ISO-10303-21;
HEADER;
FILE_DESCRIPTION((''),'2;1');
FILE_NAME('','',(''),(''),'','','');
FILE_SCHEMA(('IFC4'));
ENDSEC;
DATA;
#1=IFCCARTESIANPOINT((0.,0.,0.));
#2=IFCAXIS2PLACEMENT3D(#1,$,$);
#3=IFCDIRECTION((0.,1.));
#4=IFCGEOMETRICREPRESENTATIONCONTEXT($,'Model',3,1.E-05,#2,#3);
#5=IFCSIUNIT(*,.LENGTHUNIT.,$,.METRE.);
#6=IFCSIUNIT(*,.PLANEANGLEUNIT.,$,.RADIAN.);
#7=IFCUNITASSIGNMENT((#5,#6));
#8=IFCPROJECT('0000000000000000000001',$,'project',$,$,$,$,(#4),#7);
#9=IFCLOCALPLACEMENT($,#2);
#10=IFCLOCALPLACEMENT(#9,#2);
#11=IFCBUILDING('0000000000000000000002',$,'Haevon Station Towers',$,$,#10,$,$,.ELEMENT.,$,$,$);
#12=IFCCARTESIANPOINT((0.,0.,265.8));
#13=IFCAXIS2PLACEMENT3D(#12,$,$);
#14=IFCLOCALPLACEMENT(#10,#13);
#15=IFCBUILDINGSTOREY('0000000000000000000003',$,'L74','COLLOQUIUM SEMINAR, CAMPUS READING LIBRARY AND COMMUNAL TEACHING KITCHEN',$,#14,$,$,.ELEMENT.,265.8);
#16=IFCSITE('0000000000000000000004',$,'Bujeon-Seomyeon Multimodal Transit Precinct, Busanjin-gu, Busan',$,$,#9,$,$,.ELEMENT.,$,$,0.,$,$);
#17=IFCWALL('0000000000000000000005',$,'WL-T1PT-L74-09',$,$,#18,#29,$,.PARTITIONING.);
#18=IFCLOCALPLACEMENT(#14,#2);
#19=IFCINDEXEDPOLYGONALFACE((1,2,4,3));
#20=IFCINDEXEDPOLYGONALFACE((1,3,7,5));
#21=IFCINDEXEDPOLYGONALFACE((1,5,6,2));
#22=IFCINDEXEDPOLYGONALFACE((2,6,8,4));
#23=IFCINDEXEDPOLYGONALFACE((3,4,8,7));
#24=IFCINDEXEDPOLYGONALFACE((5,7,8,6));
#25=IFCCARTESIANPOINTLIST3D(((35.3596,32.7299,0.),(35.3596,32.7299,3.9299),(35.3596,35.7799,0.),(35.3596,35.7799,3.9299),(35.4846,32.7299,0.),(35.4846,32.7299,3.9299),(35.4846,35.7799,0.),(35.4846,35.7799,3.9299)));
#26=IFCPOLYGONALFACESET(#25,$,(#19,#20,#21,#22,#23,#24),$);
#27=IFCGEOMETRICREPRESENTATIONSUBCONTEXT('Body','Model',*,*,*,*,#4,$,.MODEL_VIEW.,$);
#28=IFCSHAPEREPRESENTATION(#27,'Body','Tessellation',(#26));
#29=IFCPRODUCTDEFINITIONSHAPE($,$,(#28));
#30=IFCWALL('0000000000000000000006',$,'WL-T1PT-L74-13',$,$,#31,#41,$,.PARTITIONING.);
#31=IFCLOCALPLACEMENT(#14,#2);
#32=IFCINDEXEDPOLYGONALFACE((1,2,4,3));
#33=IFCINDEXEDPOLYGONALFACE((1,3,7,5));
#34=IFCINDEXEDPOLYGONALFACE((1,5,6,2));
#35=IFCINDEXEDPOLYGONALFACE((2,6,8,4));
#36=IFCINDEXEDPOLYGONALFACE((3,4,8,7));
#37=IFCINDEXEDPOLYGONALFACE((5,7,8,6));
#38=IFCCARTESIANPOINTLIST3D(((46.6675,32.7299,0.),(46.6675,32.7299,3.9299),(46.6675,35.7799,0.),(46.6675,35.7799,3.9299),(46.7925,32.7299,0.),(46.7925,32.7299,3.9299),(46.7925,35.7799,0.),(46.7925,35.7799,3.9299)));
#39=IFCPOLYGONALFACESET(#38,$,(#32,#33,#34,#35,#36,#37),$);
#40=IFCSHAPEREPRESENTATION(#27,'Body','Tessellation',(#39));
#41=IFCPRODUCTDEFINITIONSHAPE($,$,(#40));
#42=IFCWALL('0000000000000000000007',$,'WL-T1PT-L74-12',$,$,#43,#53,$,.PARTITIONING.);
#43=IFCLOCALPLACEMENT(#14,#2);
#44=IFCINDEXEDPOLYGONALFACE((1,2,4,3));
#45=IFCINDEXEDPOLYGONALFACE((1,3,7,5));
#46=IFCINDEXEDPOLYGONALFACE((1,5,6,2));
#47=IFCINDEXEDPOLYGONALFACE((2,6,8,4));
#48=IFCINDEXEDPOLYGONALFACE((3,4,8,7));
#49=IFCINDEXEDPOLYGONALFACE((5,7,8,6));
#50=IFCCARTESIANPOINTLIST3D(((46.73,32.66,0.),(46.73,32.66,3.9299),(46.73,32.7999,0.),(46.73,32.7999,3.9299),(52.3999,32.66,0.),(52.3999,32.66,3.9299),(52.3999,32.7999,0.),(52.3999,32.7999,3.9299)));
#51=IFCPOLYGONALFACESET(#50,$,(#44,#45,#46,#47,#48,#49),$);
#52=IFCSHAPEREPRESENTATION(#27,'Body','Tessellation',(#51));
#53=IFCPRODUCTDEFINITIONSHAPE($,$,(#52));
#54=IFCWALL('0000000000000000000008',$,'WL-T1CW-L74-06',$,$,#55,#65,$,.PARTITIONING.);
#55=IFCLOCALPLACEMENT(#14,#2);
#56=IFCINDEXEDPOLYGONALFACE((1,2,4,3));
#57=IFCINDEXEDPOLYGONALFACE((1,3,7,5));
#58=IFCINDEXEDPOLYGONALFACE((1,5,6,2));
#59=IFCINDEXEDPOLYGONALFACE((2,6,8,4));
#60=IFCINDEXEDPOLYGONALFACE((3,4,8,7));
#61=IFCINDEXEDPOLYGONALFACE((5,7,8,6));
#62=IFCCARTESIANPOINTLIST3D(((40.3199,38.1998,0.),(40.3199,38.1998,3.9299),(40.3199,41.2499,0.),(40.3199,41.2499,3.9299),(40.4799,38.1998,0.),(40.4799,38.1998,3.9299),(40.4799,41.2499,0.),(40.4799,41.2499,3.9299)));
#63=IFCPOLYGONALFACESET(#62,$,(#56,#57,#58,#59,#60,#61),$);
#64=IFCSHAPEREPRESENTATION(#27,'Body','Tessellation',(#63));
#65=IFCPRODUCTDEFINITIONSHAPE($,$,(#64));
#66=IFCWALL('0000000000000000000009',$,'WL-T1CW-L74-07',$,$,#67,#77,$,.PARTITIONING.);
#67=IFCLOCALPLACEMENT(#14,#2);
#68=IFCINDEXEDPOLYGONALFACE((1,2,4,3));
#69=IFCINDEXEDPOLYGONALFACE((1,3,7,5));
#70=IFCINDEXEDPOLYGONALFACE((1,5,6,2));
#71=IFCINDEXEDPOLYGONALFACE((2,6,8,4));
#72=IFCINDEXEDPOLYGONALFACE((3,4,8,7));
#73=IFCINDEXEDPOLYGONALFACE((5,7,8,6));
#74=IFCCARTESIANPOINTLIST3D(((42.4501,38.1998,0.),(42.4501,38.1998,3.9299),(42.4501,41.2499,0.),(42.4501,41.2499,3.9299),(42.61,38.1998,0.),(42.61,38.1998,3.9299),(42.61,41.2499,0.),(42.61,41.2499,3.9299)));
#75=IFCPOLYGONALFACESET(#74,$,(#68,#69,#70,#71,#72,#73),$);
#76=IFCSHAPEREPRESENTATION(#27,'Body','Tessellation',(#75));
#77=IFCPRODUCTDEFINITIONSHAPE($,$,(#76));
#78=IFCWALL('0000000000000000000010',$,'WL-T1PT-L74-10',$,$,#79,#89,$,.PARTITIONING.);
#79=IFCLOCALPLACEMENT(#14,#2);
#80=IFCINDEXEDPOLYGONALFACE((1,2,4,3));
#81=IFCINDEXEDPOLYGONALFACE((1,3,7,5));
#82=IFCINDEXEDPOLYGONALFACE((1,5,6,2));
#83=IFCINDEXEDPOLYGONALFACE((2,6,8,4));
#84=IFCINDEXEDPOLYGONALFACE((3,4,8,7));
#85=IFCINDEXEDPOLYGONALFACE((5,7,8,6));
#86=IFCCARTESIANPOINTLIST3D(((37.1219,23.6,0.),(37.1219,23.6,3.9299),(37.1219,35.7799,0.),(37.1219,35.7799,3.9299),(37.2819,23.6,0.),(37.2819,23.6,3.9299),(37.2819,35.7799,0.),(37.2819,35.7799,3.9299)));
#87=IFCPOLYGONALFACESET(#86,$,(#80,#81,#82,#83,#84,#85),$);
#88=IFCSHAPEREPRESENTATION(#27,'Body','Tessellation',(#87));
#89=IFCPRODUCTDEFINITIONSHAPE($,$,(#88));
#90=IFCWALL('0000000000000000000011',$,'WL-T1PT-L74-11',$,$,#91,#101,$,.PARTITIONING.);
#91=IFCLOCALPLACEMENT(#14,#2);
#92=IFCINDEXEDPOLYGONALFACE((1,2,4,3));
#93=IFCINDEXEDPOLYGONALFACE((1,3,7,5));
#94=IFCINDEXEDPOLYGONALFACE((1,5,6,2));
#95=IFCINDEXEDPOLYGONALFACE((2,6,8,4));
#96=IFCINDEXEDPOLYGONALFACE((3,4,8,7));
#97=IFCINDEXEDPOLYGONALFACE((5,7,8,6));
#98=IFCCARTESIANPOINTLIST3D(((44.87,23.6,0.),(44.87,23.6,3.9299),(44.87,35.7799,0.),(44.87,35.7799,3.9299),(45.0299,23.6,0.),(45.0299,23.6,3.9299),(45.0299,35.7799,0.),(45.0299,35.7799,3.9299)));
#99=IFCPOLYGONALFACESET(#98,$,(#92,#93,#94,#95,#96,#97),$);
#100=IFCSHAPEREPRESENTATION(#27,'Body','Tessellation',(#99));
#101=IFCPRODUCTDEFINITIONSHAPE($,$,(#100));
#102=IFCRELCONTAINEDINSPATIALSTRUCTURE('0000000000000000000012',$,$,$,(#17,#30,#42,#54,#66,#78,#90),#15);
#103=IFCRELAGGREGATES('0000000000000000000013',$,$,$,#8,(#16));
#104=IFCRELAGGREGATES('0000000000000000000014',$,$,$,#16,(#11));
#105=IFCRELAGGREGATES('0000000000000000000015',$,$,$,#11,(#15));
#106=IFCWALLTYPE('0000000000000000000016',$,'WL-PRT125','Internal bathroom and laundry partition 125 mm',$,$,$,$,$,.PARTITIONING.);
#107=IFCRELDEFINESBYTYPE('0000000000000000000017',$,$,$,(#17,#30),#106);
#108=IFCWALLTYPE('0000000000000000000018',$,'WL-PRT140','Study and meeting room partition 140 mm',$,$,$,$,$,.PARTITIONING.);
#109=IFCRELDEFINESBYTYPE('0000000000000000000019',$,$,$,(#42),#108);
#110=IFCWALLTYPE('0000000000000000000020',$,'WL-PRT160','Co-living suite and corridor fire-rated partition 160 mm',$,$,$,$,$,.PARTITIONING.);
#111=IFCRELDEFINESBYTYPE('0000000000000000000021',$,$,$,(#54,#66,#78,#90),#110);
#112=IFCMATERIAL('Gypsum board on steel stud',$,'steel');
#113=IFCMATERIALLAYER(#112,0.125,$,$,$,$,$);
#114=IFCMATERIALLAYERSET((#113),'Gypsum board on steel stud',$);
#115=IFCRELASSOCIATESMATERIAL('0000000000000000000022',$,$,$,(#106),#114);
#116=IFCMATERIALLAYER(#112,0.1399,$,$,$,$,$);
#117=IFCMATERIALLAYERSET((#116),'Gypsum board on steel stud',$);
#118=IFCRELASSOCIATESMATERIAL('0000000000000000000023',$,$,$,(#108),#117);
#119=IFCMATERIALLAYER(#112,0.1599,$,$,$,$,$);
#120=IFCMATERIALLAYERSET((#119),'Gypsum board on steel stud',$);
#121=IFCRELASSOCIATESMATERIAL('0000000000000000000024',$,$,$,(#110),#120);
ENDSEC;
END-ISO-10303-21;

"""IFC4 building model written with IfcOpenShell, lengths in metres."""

from ifc_helpers import new_model, si_unit, direction, frame, frame_2d, origin, place, context, subcontext, project, spatial, rectangle, extrude, material, layer, layer_set, type_object, element, save


model = new_model("IFC4")

# Units and contexts
model_context = context("Model", 3, precision=1e-05, world=origin(), true_north=direction((0.0, 1.0)))
body_context = subcontext(model_context, "Body", "Model", "MODEL_VIEW")
ifc_project = project(units=[si_unit("LENGTHUNIT", "METRE"), si_unit("PLANEANGLEUNIT", "RADIAN")], contexts=[model_context])

# Site, building, storey
site_placement = place(None, origin())
site = spatial("IfcSite", under=ifc_project, at=site_placement, Name="Bujeon-Seomyeon Multimodal Transit Precinct, Busanjin-gu, Busan", CompositionType="ELEMENT", RefElevation=0.0)
building_placement = place(site_placement, origin())
building = spatial("IfcBuilding", under=site, at=building_placement, Name="Haevon Station Towers", CompositionType="ELEMENT")
storey_placement = place(building_placement, frame((0.0, 0.0, 265.8)))
storey = spatial("IfcBuildingStorey", under=building, at=storey_placement, Name="L74", Description="COLLOQUIUM SEMINAR, CAMPUS READING LIBRARY AND COMMUNAL TEACHING KITCHEN", CompositionType="ELEMENT", Elevation=265.8)

# Walls
ifc_material_1 = material(Name="Gypsum board on steel stud", Category="steel")
ifc_layer_1 = layer(ifc_material_1, 0.125)
ifc_layer_set_1 = layer_set([ifc_layer_1], Name="Gypsum board on steel stud")
wall_type_1 = type_object("IfcWallType", Name="WL-PRT125", Description="Internal bathroom and laundry partition 125 mm", PredefinedType="PARTITIONING", material=ifc_layer_set_1)
for number, where, z_axis, x_axis, name in (
    (1, (35.4221, 32.73, 0.0), (0.0, 0.0, 1.0), (0.0, 1.0, 0.0), "WL-T1PT-L74-09"),
    (2, (46.73, 32.73, 0.0), (0.0, 0.0, 1.0), (0.0, 1.0, 0.0), "WL-T1PT-L74-13"),
):
    element("IfcWall", number, at=place(storey_placement, frame(where, z_axis=z_axis, x_axis=x_axis)), inside=storey, type_object=wall_type_1, Name=name, PredefinedType="PARTITIONING", context=body_context, shape_type="SweptSolid", body=[
        extrude(rectangle(XDim=3.05, YDim=0.125, at=frame_2d((1.5249, 0.0))), origin(), (0.0, 0.0, 1.0), 3.9299),
    ])
ifc_layer_2 = layer(ifc_material_1, 0.1399)
ifc_layer_set_2 = layer_set([ifc_layer_2], Name="Gypsum board on steel stud")
wall_type_2 = type_object("IfcWallType", Name="WL-PRT140", Description="Study and meeting room partition 140 mm", PredefinedType="PARTITIONING", material=ifc_layer_set_2)
wall_placement = place(storey_placement, frame((46.73, 32.73, 0.0), z_axis=(0.0, 0.0, 1.0), x_axis=(1.0, 0.0, 0.0)))
element("IfcWall", 3, at=wall_placement, inside=storey, type_object=wall_type_2, Name="WL-T1PT-L74-12", PredefinedType="PARTITIONING", context=body_context, shape_type="SweptSolid", body=[
    extrude(rectangle(XDim=5.6699, YDim=0.1399, at=frame_2d((2.835, 0.0))), origin(), (0.0, 0.0, 1.0), 3.9299),
])
ifc_layer_3 = layer(ifc_material_1, 0.1599)
ifc_layer_set_3 = layer_set([ifc_layer_3], Name="Gypsum board on steel stud")
wall_type_3 = type_object("IfcWallType", Name="WL-PRT160", Description="Co-living suite and corridor fire-rated partition 160 mm", PredefinedType="PARTITIONING", material=ifc_layer_set_3)
for number, where, z_axis, x_axis, name in (
    (4, (40.3999, 38.2, 0.0), (0.0, 0.0, 1.0), (0.0, 1.0, 0.0), "WL-T1CW-L74-06"),
    (5, (42.53, 38.2, 0.0), (0.0, 0.0, 1.0), (0.0, 1.0, 0.0), "WL-T1CW-L74-07"),
):
    element("IfcWall", number, at=place(storey_placement, frame(where, z_axis=z_axis, x_axis=x_axis)), inside=storey, type_object=wall_type_3, Name=name, PredefinedType="PARTITIONING", context=body_context, shape_type="SweptSolid", body=[
        extrude(rectangle(XDim=3.05, YDim=0.1599, at=frame_2d((1.5249, 0.0))), origin(), (0.0, 0.0, 1.0), 3.9299),
    ])
for number, where, z_axis, x_axis, name in (
    (6, (37.2019, 23.6001, 0.0), (0.0, 0.0, 1.0), (0.0, 1.0, 0.0), "WL-T1PT-L74-10"),
    (7, (44.95, 23.6001, 0.0), (0.0, 0.0, 1.0), (0.0, 1.0, 0.0), "WL-T1PT-L74-11"),
):
    element("IfcWall", number, at=place(storey_placement, frame(where, z_axis=z_axis, x_axis=x_axis)), inside=storey, type_object=wall_type_3, Name=name, PredefinedType="PARTITIONING", context=body_context, shape_type="SweptSolid", body=[
        extrude(rectangle(XDim=12.1799, YDim=0.1599, at=frame_2d((6.0898, 0.0))), origin(), (0.0, 0.0, 1.0), 3.9299),
    ])

save(model, "model.ifc")
